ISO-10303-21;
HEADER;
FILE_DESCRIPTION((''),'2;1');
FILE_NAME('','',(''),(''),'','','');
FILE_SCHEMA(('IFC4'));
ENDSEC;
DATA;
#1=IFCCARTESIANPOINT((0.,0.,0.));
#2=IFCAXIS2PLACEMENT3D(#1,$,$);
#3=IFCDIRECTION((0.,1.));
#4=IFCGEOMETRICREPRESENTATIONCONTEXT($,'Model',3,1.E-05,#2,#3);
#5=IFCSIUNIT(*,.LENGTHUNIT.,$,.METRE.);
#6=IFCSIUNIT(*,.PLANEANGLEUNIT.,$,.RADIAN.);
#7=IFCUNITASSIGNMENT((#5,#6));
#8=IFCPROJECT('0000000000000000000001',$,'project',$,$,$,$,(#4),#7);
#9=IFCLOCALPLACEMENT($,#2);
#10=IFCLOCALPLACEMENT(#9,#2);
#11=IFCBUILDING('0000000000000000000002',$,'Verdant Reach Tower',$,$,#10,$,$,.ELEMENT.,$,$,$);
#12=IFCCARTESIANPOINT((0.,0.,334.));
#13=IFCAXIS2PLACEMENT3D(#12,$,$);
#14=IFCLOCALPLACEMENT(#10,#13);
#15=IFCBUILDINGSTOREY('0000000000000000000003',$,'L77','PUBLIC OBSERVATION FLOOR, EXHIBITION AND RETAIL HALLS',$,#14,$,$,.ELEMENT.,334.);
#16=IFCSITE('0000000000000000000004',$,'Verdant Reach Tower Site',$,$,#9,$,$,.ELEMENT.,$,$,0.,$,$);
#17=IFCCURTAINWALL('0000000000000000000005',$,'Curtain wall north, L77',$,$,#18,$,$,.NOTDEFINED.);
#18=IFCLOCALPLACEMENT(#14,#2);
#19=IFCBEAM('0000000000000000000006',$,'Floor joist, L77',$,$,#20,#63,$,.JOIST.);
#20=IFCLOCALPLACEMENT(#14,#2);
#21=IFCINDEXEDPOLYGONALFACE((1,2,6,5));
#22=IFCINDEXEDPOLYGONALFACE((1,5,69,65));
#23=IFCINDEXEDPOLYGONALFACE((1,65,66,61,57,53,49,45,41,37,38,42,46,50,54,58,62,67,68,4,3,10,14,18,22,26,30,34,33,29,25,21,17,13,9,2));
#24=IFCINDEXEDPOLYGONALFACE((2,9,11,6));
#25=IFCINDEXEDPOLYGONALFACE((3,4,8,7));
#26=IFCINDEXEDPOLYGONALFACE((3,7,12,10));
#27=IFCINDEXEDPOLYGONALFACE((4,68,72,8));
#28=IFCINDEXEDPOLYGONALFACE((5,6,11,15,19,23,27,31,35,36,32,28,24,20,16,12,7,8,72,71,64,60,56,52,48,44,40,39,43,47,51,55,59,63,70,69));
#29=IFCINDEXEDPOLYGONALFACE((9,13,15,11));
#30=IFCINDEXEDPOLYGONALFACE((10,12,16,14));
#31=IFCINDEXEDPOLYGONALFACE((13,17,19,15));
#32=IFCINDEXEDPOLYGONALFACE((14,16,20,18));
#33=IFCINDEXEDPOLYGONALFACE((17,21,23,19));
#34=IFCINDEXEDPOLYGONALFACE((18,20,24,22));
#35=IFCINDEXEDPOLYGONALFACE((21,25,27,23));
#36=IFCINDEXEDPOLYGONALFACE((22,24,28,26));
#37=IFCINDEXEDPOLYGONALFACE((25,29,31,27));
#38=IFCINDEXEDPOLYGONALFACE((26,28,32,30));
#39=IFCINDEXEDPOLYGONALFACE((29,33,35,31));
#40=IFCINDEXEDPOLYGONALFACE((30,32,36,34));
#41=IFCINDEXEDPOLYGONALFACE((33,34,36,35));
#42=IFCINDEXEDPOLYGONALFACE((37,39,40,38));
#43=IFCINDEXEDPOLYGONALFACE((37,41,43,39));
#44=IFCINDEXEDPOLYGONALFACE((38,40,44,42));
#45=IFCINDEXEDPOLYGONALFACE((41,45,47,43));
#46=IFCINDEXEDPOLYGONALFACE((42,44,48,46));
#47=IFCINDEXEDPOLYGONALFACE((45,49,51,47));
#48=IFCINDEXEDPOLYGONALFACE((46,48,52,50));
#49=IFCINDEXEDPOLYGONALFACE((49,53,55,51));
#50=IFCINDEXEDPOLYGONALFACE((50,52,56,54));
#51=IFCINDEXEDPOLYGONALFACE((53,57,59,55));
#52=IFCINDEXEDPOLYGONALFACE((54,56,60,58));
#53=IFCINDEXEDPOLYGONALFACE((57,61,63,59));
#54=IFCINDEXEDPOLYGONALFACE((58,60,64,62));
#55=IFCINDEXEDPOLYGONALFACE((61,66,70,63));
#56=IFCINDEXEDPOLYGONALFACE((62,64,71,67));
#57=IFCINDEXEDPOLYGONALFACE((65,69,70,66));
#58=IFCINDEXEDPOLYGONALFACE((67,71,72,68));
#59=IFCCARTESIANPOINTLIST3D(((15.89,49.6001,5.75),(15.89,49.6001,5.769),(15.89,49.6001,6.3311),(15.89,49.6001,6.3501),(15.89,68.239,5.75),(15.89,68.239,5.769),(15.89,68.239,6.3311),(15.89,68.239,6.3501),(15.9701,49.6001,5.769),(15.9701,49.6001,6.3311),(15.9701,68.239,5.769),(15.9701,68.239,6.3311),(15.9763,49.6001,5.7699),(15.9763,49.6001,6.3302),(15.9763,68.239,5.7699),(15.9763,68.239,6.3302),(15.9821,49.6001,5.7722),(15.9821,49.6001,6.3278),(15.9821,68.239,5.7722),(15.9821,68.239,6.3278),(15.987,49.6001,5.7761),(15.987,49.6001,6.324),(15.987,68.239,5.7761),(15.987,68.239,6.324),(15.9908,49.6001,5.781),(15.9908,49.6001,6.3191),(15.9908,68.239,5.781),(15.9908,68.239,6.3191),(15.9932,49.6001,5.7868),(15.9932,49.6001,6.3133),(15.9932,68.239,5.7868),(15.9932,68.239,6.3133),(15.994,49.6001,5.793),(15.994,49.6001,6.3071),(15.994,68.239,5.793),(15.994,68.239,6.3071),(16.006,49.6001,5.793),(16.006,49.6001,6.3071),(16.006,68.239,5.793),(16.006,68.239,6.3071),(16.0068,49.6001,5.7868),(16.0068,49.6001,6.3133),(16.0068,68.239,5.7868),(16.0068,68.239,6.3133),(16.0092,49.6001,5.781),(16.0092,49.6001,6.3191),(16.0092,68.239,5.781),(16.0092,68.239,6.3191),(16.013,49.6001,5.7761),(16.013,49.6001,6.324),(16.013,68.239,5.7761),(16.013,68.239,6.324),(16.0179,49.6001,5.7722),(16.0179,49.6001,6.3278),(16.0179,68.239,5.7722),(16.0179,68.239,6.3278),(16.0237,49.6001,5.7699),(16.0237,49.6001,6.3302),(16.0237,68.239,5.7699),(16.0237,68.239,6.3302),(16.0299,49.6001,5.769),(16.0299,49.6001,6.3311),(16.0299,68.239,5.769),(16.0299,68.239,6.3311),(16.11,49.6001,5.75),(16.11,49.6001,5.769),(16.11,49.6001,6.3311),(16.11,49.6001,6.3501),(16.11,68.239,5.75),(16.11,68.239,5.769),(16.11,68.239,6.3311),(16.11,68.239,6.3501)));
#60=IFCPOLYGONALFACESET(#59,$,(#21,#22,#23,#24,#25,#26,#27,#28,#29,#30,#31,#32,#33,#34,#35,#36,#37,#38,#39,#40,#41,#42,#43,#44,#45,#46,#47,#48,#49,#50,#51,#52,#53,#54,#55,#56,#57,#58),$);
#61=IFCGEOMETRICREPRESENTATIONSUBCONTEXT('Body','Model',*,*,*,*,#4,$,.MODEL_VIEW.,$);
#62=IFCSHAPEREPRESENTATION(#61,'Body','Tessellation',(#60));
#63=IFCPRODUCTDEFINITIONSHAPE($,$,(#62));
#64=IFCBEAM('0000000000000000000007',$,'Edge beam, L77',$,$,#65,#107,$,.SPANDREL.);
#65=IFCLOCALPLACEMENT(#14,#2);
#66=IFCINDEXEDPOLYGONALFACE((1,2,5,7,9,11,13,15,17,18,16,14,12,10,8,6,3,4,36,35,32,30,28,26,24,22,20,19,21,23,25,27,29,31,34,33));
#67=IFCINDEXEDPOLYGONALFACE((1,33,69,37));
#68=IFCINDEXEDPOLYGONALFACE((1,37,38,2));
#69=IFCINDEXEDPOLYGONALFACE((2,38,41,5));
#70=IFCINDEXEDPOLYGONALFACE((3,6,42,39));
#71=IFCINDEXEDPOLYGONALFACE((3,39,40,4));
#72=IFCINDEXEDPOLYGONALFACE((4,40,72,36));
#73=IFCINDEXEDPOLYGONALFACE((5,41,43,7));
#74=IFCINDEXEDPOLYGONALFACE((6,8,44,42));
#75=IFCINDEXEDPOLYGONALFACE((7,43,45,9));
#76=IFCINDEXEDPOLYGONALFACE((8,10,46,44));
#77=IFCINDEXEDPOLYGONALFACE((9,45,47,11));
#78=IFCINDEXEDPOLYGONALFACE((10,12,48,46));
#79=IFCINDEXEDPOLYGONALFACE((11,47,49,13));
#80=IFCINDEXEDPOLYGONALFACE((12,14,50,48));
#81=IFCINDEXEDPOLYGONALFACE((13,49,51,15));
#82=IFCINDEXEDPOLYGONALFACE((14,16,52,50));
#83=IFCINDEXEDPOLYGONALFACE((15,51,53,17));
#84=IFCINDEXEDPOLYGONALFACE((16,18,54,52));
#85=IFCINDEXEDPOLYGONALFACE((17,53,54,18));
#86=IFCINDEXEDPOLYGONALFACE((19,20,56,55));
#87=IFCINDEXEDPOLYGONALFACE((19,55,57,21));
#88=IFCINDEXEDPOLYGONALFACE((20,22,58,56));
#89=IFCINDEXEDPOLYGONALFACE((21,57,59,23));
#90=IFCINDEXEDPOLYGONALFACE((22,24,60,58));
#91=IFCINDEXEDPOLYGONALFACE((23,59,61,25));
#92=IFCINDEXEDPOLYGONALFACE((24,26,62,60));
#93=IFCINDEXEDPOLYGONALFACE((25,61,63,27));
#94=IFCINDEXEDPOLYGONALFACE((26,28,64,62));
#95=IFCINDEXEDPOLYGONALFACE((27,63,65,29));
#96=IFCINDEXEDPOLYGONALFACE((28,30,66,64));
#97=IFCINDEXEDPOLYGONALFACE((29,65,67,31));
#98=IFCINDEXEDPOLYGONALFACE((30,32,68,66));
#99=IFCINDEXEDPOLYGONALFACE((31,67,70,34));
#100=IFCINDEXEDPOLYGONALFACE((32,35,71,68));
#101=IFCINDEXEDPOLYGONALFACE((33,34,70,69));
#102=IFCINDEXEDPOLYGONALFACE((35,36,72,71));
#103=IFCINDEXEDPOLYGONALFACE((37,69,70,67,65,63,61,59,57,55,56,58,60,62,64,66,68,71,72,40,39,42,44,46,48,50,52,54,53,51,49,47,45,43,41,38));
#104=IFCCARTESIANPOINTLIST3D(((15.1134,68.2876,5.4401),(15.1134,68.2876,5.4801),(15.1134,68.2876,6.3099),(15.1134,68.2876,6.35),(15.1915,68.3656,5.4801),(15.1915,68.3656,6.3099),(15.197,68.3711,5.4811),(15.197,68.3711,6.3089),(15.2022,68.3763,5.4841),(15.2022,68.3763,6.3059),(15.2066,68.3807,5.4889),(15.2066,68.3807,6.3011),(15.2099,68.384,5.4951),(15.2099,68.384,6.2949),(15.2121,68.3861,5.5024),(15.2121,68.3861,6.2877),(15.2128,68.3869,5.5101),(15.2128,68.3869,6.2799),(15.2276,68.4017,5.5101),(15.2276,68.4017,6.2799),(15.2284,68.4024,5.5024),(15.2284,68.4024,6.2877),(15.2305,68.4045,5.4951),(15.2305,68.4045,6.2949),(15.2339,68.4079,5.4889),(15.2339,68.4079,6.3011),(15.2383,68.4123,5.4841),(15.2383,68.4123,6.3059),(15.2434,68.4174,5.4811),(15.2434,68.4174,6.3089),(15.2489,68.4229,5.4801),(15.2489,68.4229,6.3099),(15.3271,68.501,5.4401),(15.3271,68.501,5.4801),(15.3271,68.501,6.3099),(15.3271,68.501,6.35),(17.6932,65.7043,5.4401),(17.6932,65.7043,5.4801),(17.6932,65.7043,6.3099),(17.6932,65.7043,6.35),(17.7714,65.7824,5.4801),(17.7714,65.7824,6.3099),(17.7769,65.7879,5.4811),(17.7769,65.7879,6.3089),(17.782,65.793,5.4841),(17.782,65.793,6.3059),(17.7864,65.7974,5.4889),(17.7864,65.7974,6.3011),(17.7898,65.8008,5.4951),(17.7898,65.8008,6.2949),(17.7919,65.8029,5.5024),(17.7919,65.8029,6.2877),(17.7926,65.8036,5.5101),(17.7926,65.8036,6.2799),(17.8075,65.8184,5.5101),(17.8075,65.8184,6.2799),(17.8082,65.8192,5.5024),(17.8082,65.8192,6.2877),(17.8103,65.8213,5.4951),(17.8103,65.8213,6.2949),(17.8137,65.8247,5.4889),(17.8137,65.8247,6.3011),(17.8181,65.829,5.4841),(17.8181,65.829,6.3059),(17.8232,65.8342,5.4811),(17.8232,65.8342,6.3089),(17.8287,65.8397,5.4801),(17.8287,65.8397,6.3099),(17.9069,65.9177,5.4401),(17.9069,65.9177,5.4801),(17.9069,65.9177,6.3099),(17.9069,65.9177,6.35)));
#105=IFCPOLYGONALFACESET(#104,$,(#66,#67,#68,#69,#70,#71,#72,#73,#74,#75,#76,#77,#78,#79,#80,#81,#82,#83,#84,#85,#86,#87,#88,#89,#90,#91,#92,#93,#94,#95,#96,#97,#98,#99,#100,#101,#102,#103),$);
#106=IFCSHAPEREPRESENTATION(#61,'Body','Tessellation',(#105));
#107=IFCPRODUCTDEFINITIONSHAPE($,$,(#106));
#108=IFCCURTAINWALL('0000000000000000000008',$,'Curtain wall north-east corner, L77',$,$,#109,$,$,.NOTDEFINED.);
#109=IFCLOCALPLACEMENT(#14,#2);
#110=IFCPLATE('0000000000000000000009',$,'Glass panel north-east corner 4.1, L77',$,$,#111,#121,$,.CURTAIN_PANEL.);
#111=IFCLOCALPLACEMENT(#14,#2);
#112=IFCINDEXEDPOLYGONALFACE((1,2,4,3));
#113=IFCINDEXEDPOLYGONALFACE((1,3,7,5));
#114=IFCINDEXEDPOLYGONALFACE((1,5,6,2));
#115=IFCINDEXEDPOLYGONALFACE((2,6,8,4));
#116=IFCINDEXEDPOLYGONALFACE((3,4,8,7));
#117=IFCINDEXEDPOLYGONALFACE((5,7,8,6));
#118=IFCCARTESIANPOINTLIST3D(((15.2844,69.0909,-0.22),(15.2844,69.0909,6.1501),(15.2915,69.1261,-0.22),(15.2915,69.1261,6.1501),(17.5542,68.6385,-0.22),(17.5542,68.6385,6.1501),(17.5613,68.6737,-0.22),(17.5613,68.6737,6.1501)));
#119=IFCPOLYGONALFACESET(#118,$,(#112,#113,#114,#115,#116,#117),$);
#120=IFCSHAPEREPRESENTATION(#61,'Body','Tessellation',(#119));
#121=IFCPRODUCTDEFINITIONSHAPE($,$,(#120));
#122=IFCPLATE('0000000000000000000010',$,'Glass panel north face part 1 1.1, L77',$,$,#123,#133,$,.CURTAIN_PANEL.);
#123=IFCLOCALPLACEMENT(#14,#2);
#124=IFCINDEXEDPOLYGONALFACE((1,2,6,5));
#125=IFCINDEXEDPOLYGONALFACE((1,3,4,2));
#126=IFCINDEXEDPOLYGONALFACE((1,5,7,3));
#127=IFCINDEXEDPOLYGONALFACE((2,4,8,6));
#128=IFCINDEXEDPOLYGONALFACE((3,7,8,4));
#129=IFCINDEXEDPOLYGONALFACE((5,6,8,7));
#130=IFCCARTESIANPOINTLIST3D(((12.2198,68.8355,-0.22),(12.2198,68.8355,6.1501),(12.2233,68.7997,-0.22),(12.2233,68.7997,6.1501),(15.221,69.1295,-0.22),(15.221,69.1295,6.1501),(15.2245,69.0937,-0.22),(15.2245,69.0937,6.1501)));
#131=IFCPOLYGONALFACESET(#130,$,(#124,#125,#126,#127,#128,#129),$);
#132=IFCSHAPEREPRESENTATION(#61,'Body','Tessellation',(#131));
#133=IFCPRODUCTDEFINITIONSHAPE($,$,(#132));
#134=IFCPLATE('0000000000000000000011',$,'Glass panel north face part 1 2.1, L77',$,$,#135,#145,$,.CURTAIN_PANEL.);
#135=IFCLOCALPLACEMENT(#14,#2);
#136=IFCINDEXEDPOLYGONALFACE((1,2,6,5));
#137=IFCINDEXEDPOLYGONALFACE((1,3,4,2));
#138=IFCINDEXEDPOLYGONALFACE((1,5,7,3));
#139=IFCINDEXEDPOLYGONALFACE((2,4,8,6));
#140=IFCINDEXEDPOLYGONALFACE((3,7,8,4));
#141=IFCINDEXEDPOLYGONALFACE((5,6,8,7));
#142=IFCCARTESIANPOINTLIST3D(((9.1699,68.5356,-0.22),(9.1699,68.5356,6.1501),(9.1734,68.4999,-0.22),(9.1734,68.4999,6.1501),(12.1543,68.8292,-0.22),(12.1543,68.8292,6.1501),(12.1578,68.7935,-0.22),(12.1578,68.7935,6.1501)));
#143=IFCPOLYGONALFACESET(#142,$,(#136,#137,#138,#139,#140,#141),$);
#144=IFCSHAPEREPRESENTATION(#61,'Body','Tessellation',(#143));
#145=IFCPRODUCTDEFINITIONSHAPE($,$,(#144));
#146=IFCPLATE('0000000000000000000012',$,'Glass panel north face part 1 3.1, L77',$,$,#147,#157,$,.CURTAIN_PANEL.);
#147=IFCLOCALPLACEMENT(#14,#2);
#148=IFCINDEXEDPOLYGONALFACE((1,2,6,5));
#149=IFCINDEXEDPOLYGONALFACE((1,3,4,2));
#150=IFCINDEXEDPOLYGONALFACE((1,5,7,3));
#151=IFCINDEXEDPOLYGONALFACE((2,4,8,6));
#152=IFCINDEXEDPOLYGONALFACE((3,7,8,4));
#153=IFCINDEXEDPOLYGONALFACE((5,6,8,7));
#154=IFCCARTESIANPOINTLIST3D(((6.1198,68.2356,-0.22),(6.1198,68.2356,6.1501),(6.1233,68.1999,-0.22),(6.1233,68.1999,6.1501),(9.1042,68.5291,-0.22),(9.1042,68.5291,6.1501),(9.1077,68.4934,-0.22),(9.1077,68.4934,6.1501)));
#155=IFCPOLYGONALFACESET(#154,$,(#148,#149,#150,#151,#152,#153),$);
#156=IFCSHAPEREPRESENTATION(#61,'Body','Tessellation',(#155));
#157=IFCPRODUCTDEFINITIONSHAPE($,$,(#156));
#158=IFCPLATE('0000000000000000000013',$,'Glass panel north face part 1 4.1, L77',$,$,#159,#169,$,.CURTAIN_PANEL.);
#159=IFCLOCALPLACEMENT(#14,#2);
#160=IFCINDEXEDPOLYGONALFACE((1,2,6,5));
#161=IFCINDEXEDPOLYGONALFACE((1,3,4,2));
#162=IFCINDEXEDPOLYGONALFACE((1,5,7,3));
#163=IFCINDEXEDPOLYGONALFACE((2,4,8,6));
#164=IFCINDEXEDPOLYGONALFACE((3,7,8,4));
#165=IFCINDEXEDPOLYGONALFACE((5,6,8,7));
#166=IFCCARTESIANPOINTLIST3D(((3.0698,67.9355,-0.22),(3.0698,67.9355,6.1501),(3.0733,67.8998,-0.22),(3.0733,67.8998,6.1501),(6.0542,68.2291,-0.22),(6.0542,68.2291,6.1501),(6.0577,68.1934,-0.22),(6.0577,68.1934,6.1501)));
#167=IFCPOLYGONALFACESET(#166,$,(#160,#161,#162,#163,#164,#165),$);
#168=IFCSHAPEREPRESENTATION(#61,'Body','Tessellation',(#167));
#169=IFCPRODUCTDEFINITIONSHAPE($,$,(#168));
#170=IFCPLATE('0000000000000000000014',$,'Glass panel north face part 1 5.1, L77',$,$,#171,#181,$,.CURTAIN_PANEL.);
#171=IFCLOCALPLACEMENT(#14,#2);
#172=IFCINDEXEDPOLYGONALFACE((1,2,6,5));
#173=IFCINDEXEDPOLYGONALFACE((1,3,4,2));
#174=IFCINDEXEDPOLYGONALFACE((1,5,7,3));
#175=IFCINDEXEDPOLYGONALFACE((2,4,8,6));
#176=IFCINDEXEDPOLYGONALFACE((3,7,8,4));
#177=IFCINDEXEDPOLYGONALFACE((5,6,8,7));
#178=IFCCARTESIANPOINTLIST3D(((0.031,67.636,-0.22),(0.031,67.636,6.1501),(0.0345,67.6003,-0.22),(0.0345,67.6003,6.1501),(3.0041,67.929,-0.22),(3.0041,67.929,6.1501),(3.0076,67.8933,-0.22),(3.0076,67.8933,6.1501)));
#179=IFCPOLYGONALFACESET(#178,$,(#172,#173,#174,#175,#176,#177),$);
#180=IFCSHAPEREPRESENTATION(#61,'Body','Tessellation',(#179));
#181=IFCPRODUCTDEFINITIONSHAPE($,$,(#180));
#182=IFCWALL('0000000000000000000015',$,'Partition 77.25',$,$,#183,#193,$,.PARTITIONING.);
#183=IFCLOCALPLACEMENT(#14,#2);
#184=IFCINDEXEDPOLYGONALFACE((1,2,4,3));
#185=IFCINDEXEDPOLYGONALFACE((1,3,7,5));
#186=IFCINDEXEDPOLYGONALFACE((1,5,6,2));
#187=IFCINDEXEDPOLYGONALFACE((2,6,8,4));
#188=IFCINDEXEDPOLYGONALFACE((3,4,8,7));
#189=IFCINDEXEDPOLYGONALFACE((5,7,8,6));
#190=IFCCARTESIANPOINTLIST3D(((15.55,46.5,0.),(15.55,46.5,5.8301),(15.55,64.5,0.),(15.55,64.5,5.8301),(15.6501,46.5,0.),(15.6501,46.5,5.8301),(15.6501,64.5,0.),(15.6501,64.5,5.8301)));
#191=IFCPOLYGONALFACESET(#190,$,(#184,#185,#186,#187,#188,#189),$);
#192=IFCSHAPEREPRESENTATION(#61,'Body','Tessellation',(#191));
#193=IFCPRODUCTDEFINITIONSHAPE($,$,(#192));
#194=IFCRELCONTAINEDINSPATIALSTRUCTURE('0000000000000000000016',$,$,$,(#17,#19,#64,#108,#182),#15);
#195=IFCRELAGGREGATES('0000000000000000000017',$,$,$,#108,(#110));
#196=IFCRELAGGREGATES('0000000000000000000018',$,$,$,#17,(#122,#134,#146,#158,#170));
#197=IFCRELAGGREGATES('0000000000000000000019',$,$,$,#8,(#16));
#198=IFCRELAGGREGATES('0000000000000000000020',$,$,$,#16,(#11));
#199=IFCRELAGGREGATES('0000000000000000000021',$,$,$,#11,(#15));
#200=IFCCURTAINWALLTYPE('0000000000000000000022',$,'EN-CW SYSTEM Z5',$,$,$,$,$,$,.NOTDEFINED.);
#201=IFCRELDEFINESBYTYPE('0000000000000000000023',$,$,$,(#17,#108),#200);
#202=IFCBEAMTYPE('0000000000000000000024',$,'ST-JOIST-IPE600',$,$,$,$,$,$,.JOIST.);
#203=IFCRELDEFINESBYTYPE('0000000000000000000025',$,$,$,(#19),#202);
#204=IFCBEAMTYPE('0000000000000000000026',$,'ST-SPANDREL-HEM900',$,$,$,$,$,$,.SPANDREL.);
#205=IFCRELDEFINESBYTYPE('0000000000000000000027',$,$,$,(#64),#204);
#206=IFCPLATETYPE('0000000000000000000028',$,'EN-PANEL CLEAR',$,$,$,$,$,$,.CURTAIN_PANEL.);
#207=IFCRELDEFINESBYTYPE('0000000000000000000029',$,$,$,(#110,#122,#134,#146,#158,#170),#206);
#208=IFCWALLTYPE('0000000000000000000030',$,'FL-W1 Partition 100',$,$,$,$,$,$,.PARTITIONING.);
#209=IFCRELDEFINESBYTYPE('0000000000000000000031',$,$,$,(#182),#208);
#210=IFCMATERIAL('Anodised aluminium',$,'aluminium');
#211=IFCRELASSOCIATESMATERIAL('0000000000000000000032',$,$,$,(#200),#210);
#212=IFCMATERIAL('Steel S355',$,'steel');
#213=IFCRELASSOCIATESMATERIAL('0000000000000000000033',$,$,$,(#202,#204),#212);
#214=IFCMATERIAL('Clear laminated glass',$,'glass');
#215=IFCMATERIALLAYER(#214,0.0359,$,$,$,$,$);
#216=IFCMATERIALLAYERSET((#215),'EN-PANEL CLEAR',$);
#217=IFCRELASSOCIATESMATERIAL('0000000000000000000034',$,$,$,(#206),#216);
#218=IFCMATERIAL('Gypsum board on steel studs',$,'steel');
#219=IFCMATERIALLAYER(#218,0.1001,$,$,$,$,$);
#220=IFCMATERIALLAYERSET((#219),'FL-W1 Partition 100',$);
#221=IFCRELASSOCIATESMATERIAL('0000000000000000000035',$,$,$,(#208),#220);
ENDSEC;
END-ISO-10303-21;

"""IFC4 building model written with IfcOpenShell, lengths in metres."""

from ifc_helpers import new_model, si_unit, direction, frame, frame_2d, origin, origin_2d, place, context, subcontext, project, spatial, rectangle, i_section, extrude, material, layer, layer_set, material_profile, profile_set, type_object, element, aggregate, save


model = new_model("IFC4")

# Units and contexts
model_context = context("Model", 3, precision=1e-05, world=origin(), true_north=direction((0.0, 1.0)))
body_context = subcontext(model_context, "Body", "Model", "MODEL_VIEW")
ifc_project = project(units=[si_unit("LENGTHUNIT", "METRE"), si_unit("PLANEANGLEUNIT", "RADIAN")], contexts=[model_context])

# Site, building, storey
site_placement = place(None, origin())
site = spatial("IfcSite", under=ifc_project, at=site_placement, Name="Verdant Reach Tower Site", CompositionType="ELEMENT", RefElevation=0.0)
building_placement = place(site_placement, origin())
building = spatial("IfcBuilding", under=site, at=building_placement, Name="Verdant Reach Tower", CompositionType="ELEMENT")
storey_placement = place(building_placement, frame((0.0, 0.0, 334.0)))
storey = spatial("IfcBuildingStorey", under=building, at=storey_placement, Name="L77", Description="PUBLIC OBSERVATION FLOOR, EXHIBITION AND RETAIL HALLS", CompositionType="ELEMENT", Elevation=334.0)

# Curtain wall
ifc_material_1 = material(Name="Anodised aluminium", Category="aluminium")
curtain_wall_type = type_object("IfcCurtainWallType", Name="EN-CW SYSTEM Z5", PredefinedType="NOTDEFINED", material=ifc_material_1)
curtain_wall_1_placement = place(storey_placement, origin())
curtain_wall_1 = element("IfcCurtainWall", 1, at=curtain_wall_1_placement, inside=storey, type_object=curtain_wall_type, Name="Curtain wall north, L77", PredefinedType="NOTDEFINED")

# Beams
ifc_material_2 = material(Name="Steel S355", Category="steel")
ifc_material_profile_1 = material_profile(ifc_material_2, i_section(OverallWidth=0.22, OverallDepth=0.6001, WebThickness=0.012, FlangeThickness=0.019, FilletRadius=0.0239, at=origin_2d()), Name="IPE 600")
ifc_profile_set_1 = profile_set([ifc_material_profile_1], Name="Steel S355")
beam_type_1 = type_object("IfcBeamType", Name="ST-JOIST-IPE600", PredefinedType="JOIST", material=ifc_profile_set_1)
beam_1_placement = place(storey_placement, frame((16.0, 49.6001, 6.05), z_axis=(0.0, 1.0, 0.0), x_axis=(-1.0, 0.0, 0.0)))
element("IfcBeam", 2, at=beam_1_placement, inside=storey, type_object=beam_type_1, Name="Floor joist, L77", PredefinedType="JOIST", context=body_context, shape_type="SweptSolid", body=[
    extrude(i_section(OverallWidth=0.22, OverallDepth=0.6001, WebThickness=0.012, FlangeThickness=0.019, FilletRadius=0.0239, at=origin_2d()), origin(), (0.0, 0.0, 1.0), 18.6389),
])
ifc_material_profile_2 = material_profile(ifc_material_2, i_section(OverallWidth=0.302, OverallDepth=0.9099, WebThickness=0.021, FlangeThickness=0.04, FilletRadius=0.03, at=origin_2d()), Name="HEM 900")
ifc_profile_set_2 = profile_set([ifc_material_profile_2], Name="Steel S355")
beam_type_2 = type_object("IfcBeamType", Name="ST-SPANDREL-HEM900", PredefinedType="SPANDREL", material=ifc_profile_set_2)
beam_2_placement = place(storey_placement, frame((15.2202, 68.3943, 5.895), z_axis=(0.706639, -0.707575, 0.0), x_axis=(0.707575, 0.706639, 0.0)))
element("IfcBeam", 3, at=beam_2_placement, inside=storey, type_object=beam_type_2, Name="Edge beam, L77", PredefinedType="SPANDREL", context=body_context, shape_type="SweptSolid", body=[
    extrude(i_section(OverallWidth=0.302, OverallDepth=0.9099, WebThickness=0.021, FlangeThickness=0.04, FilletRadius=0.03, at=origin_2d()), origin(), (0.0, 0.0, 1.0), 3.6509),
])

# Curtain wall, plate
curtain_wall_2_placement = place(storey_placement, origin())
curtain_wall_2 = element("IfcCurtainWall", 4, at=curtain_wall_2_placement, inside=storey, type_object=curtain_wall_type, Name="Curtain wall north-east corner, L77", PredefinedType="NOTDEFINED")
ifc_material_3 = material(Name="Clear laminated glass", Category="glass")
ifc_layer_1 = layer(ifc_material_3, 0.0359)
ifc_layer_set_1 = layer_set([ifc_layer_1], Name="EN-PANEL CLEAR")
plate_type = type_object("IfcPlateType", Name="EN-PANEL CLEAR", PredefinedType="CURTAIN_PANEL", material=ifc_layer_set_1)
plate_1_placement = place(storey_placement, frame((16.4229, 68.8823, -0.22), z_axis=(0.0, 0.0, 1.0), x_axis=(-0.980708, 0.195479, 0.0)))
plate_1 = element("IfcPlate", 5, at=plate_1_placement, type_object=plate_type, Name="Glass panel north-east corner 4.1, L77", PredefinedType="CURTAIN_PANEL", context=body_context, shape_type="SweptSolid", body=[
    extrude(rectangle(XDim=2.3145, YDim=0.0359, at=origin_2d()), origin(), (0.0, 0.0, 1.0), 6.3701),
])
aggregate(curtain_wall_2, [plate_1])

# Plates
plate_2_placement = place(storey_placement, frame((13.7222, 68.9646, -0.22), z_axis=(0.0, 0.0, 1.0), x_axis=(-0.995237, -0.097487, 0.0)))
plate_2 = element("IfcPlate", 6, at=plate_2_placement, type_object=plate_type, Name="Glass panel north face part 1 1.1, L77", PredefinedType="CURTAIN_PANEL", context=body_context, shape_type="SweptSolid", body=[
    extrude(rectangle(XDim=3.0156, YDim=0.0359, at=origin_2d()), origin(), (0.0, 0.0, 1.0), 6.3701),
])
plate_3_placement = place(storey_placement, frame((10.6638, 68.6646, -0.22), z_axis=(0.0, 0.0, 1.0), x_axis=(-0.995197, -0.097888, 0.0)))
plate_3 = element("IfcPlate", 7, at=plate_3_placement, type_object=plate_type, Name="Glass panel north face part 1 2.1, L77", PredefinedType="CURTAIN_PANEL", context=body_context, shape_type="SweptSolid", body=[
    extrude(rectangle(XDim=2.9988, YDim=0.0359, at=origin_2d()), origin(), (0.0, 0.0, 1.0), 6.3701),
])
plate_4_placement = place(storey_placement, frame((7.6138, 68.3645, -0.22), z_axis=(0.0, 0.0, 1.0), x_axis=(-0.995197, -0.097888, 0.0)))
plate_4 = element("IfcPlate", 8, at=plate_4_placement, type_object=plate_type, Name="Glass panel north face part 1 3.1, L77", PredefinedType="CURTAIN_PANEL", context=body_context, shape_type="SweptSolid", body=[
    extrude(rectangle(XDim=2.9988, YDim=0.0359, at=origin_2d()), origin(), (0.0, 0.0, 1.0), 6.3701),
])
plate_5_placement = place(storey_placement, frame((4.5637, 68.0645, -0.22), z_axis=(0.0, 0.0, 1.0), x_axis=(-0.995197, -0.097888, 0.0)))
plate_5 = element("IfcPlate", 9, at=plate_5_placement, type_object=plate_type, Name="Glass panel north face part 1 4.1, L77", PredefinedType="CURTAIN_PANEL", context=body_context, shape_type="SweptSolid", body=[
    extrude(rectangle(XDim=2.9988, YDim=0.0359, at=origin_2d()), origin(), (0.0, 0.0, 1.0), 6.3701),
])
plate_6_placement = place(storey_placement, frame((1.5193, 67.7646, -0.22), z_axis=(0.0, 0.0, 1.0), x_axis=(-0.99518, -0.098068, 0.0)))
plate_6 = element("IfcPlate", 10, at=plate_6_placement, type_object=plate_type, Name="Glass panel north face part 1 5.1, L77", PredefinedType="CURTAIN_PANEL", context=body_context, shape_type="SweptSolid", body=[
    extrude(rectangle(XDim=2.9875, YDim=0.0359, at=origin_2d()), origin(), (0.0, 0.0, 1.0), 6.3701),
])
aggregate(curtain_wall_1, [plate_2, plate_3, plate_4, plate_5, plate_6])

# Wall
ifc_material_4 = material(Name="Gypsum board on steel studs", Category="steel")
ifc_layer_2 = layer(ifc_material_4, 0.1001)
ifc_layer_set_2 = layer_set([ifc_layer_2], Name="FL-W1 Partition 100")
wall_type = type_object("IfcWallType", Name="FL-W1 Partition 100", PredefinedType="PARTITIONING", material=ifc_layer_set_2)
wall_1_placement = place(storey_placement, frame((15.6001, 64.5, 0.0), z_axis=(0.0, 0.0, 1.0), x_axis=(0.0, -1.0, 0.0)))
element("IfcWall", 11, at=wall_1_placement, inside=storey, type_object=wall_type, Name="Partition 77.25", PredefinedType="PARTITIONING", context=body_context, shape_type="SweptSolid", body=[
    extrude(rectangle(XDim=18.0, YDim=0.1001, at=frame_2d((9.0, 0.0))), origin(), (0.0, 0.0, 1.0), 5.8301),
])

save(model, "model.ifc")
